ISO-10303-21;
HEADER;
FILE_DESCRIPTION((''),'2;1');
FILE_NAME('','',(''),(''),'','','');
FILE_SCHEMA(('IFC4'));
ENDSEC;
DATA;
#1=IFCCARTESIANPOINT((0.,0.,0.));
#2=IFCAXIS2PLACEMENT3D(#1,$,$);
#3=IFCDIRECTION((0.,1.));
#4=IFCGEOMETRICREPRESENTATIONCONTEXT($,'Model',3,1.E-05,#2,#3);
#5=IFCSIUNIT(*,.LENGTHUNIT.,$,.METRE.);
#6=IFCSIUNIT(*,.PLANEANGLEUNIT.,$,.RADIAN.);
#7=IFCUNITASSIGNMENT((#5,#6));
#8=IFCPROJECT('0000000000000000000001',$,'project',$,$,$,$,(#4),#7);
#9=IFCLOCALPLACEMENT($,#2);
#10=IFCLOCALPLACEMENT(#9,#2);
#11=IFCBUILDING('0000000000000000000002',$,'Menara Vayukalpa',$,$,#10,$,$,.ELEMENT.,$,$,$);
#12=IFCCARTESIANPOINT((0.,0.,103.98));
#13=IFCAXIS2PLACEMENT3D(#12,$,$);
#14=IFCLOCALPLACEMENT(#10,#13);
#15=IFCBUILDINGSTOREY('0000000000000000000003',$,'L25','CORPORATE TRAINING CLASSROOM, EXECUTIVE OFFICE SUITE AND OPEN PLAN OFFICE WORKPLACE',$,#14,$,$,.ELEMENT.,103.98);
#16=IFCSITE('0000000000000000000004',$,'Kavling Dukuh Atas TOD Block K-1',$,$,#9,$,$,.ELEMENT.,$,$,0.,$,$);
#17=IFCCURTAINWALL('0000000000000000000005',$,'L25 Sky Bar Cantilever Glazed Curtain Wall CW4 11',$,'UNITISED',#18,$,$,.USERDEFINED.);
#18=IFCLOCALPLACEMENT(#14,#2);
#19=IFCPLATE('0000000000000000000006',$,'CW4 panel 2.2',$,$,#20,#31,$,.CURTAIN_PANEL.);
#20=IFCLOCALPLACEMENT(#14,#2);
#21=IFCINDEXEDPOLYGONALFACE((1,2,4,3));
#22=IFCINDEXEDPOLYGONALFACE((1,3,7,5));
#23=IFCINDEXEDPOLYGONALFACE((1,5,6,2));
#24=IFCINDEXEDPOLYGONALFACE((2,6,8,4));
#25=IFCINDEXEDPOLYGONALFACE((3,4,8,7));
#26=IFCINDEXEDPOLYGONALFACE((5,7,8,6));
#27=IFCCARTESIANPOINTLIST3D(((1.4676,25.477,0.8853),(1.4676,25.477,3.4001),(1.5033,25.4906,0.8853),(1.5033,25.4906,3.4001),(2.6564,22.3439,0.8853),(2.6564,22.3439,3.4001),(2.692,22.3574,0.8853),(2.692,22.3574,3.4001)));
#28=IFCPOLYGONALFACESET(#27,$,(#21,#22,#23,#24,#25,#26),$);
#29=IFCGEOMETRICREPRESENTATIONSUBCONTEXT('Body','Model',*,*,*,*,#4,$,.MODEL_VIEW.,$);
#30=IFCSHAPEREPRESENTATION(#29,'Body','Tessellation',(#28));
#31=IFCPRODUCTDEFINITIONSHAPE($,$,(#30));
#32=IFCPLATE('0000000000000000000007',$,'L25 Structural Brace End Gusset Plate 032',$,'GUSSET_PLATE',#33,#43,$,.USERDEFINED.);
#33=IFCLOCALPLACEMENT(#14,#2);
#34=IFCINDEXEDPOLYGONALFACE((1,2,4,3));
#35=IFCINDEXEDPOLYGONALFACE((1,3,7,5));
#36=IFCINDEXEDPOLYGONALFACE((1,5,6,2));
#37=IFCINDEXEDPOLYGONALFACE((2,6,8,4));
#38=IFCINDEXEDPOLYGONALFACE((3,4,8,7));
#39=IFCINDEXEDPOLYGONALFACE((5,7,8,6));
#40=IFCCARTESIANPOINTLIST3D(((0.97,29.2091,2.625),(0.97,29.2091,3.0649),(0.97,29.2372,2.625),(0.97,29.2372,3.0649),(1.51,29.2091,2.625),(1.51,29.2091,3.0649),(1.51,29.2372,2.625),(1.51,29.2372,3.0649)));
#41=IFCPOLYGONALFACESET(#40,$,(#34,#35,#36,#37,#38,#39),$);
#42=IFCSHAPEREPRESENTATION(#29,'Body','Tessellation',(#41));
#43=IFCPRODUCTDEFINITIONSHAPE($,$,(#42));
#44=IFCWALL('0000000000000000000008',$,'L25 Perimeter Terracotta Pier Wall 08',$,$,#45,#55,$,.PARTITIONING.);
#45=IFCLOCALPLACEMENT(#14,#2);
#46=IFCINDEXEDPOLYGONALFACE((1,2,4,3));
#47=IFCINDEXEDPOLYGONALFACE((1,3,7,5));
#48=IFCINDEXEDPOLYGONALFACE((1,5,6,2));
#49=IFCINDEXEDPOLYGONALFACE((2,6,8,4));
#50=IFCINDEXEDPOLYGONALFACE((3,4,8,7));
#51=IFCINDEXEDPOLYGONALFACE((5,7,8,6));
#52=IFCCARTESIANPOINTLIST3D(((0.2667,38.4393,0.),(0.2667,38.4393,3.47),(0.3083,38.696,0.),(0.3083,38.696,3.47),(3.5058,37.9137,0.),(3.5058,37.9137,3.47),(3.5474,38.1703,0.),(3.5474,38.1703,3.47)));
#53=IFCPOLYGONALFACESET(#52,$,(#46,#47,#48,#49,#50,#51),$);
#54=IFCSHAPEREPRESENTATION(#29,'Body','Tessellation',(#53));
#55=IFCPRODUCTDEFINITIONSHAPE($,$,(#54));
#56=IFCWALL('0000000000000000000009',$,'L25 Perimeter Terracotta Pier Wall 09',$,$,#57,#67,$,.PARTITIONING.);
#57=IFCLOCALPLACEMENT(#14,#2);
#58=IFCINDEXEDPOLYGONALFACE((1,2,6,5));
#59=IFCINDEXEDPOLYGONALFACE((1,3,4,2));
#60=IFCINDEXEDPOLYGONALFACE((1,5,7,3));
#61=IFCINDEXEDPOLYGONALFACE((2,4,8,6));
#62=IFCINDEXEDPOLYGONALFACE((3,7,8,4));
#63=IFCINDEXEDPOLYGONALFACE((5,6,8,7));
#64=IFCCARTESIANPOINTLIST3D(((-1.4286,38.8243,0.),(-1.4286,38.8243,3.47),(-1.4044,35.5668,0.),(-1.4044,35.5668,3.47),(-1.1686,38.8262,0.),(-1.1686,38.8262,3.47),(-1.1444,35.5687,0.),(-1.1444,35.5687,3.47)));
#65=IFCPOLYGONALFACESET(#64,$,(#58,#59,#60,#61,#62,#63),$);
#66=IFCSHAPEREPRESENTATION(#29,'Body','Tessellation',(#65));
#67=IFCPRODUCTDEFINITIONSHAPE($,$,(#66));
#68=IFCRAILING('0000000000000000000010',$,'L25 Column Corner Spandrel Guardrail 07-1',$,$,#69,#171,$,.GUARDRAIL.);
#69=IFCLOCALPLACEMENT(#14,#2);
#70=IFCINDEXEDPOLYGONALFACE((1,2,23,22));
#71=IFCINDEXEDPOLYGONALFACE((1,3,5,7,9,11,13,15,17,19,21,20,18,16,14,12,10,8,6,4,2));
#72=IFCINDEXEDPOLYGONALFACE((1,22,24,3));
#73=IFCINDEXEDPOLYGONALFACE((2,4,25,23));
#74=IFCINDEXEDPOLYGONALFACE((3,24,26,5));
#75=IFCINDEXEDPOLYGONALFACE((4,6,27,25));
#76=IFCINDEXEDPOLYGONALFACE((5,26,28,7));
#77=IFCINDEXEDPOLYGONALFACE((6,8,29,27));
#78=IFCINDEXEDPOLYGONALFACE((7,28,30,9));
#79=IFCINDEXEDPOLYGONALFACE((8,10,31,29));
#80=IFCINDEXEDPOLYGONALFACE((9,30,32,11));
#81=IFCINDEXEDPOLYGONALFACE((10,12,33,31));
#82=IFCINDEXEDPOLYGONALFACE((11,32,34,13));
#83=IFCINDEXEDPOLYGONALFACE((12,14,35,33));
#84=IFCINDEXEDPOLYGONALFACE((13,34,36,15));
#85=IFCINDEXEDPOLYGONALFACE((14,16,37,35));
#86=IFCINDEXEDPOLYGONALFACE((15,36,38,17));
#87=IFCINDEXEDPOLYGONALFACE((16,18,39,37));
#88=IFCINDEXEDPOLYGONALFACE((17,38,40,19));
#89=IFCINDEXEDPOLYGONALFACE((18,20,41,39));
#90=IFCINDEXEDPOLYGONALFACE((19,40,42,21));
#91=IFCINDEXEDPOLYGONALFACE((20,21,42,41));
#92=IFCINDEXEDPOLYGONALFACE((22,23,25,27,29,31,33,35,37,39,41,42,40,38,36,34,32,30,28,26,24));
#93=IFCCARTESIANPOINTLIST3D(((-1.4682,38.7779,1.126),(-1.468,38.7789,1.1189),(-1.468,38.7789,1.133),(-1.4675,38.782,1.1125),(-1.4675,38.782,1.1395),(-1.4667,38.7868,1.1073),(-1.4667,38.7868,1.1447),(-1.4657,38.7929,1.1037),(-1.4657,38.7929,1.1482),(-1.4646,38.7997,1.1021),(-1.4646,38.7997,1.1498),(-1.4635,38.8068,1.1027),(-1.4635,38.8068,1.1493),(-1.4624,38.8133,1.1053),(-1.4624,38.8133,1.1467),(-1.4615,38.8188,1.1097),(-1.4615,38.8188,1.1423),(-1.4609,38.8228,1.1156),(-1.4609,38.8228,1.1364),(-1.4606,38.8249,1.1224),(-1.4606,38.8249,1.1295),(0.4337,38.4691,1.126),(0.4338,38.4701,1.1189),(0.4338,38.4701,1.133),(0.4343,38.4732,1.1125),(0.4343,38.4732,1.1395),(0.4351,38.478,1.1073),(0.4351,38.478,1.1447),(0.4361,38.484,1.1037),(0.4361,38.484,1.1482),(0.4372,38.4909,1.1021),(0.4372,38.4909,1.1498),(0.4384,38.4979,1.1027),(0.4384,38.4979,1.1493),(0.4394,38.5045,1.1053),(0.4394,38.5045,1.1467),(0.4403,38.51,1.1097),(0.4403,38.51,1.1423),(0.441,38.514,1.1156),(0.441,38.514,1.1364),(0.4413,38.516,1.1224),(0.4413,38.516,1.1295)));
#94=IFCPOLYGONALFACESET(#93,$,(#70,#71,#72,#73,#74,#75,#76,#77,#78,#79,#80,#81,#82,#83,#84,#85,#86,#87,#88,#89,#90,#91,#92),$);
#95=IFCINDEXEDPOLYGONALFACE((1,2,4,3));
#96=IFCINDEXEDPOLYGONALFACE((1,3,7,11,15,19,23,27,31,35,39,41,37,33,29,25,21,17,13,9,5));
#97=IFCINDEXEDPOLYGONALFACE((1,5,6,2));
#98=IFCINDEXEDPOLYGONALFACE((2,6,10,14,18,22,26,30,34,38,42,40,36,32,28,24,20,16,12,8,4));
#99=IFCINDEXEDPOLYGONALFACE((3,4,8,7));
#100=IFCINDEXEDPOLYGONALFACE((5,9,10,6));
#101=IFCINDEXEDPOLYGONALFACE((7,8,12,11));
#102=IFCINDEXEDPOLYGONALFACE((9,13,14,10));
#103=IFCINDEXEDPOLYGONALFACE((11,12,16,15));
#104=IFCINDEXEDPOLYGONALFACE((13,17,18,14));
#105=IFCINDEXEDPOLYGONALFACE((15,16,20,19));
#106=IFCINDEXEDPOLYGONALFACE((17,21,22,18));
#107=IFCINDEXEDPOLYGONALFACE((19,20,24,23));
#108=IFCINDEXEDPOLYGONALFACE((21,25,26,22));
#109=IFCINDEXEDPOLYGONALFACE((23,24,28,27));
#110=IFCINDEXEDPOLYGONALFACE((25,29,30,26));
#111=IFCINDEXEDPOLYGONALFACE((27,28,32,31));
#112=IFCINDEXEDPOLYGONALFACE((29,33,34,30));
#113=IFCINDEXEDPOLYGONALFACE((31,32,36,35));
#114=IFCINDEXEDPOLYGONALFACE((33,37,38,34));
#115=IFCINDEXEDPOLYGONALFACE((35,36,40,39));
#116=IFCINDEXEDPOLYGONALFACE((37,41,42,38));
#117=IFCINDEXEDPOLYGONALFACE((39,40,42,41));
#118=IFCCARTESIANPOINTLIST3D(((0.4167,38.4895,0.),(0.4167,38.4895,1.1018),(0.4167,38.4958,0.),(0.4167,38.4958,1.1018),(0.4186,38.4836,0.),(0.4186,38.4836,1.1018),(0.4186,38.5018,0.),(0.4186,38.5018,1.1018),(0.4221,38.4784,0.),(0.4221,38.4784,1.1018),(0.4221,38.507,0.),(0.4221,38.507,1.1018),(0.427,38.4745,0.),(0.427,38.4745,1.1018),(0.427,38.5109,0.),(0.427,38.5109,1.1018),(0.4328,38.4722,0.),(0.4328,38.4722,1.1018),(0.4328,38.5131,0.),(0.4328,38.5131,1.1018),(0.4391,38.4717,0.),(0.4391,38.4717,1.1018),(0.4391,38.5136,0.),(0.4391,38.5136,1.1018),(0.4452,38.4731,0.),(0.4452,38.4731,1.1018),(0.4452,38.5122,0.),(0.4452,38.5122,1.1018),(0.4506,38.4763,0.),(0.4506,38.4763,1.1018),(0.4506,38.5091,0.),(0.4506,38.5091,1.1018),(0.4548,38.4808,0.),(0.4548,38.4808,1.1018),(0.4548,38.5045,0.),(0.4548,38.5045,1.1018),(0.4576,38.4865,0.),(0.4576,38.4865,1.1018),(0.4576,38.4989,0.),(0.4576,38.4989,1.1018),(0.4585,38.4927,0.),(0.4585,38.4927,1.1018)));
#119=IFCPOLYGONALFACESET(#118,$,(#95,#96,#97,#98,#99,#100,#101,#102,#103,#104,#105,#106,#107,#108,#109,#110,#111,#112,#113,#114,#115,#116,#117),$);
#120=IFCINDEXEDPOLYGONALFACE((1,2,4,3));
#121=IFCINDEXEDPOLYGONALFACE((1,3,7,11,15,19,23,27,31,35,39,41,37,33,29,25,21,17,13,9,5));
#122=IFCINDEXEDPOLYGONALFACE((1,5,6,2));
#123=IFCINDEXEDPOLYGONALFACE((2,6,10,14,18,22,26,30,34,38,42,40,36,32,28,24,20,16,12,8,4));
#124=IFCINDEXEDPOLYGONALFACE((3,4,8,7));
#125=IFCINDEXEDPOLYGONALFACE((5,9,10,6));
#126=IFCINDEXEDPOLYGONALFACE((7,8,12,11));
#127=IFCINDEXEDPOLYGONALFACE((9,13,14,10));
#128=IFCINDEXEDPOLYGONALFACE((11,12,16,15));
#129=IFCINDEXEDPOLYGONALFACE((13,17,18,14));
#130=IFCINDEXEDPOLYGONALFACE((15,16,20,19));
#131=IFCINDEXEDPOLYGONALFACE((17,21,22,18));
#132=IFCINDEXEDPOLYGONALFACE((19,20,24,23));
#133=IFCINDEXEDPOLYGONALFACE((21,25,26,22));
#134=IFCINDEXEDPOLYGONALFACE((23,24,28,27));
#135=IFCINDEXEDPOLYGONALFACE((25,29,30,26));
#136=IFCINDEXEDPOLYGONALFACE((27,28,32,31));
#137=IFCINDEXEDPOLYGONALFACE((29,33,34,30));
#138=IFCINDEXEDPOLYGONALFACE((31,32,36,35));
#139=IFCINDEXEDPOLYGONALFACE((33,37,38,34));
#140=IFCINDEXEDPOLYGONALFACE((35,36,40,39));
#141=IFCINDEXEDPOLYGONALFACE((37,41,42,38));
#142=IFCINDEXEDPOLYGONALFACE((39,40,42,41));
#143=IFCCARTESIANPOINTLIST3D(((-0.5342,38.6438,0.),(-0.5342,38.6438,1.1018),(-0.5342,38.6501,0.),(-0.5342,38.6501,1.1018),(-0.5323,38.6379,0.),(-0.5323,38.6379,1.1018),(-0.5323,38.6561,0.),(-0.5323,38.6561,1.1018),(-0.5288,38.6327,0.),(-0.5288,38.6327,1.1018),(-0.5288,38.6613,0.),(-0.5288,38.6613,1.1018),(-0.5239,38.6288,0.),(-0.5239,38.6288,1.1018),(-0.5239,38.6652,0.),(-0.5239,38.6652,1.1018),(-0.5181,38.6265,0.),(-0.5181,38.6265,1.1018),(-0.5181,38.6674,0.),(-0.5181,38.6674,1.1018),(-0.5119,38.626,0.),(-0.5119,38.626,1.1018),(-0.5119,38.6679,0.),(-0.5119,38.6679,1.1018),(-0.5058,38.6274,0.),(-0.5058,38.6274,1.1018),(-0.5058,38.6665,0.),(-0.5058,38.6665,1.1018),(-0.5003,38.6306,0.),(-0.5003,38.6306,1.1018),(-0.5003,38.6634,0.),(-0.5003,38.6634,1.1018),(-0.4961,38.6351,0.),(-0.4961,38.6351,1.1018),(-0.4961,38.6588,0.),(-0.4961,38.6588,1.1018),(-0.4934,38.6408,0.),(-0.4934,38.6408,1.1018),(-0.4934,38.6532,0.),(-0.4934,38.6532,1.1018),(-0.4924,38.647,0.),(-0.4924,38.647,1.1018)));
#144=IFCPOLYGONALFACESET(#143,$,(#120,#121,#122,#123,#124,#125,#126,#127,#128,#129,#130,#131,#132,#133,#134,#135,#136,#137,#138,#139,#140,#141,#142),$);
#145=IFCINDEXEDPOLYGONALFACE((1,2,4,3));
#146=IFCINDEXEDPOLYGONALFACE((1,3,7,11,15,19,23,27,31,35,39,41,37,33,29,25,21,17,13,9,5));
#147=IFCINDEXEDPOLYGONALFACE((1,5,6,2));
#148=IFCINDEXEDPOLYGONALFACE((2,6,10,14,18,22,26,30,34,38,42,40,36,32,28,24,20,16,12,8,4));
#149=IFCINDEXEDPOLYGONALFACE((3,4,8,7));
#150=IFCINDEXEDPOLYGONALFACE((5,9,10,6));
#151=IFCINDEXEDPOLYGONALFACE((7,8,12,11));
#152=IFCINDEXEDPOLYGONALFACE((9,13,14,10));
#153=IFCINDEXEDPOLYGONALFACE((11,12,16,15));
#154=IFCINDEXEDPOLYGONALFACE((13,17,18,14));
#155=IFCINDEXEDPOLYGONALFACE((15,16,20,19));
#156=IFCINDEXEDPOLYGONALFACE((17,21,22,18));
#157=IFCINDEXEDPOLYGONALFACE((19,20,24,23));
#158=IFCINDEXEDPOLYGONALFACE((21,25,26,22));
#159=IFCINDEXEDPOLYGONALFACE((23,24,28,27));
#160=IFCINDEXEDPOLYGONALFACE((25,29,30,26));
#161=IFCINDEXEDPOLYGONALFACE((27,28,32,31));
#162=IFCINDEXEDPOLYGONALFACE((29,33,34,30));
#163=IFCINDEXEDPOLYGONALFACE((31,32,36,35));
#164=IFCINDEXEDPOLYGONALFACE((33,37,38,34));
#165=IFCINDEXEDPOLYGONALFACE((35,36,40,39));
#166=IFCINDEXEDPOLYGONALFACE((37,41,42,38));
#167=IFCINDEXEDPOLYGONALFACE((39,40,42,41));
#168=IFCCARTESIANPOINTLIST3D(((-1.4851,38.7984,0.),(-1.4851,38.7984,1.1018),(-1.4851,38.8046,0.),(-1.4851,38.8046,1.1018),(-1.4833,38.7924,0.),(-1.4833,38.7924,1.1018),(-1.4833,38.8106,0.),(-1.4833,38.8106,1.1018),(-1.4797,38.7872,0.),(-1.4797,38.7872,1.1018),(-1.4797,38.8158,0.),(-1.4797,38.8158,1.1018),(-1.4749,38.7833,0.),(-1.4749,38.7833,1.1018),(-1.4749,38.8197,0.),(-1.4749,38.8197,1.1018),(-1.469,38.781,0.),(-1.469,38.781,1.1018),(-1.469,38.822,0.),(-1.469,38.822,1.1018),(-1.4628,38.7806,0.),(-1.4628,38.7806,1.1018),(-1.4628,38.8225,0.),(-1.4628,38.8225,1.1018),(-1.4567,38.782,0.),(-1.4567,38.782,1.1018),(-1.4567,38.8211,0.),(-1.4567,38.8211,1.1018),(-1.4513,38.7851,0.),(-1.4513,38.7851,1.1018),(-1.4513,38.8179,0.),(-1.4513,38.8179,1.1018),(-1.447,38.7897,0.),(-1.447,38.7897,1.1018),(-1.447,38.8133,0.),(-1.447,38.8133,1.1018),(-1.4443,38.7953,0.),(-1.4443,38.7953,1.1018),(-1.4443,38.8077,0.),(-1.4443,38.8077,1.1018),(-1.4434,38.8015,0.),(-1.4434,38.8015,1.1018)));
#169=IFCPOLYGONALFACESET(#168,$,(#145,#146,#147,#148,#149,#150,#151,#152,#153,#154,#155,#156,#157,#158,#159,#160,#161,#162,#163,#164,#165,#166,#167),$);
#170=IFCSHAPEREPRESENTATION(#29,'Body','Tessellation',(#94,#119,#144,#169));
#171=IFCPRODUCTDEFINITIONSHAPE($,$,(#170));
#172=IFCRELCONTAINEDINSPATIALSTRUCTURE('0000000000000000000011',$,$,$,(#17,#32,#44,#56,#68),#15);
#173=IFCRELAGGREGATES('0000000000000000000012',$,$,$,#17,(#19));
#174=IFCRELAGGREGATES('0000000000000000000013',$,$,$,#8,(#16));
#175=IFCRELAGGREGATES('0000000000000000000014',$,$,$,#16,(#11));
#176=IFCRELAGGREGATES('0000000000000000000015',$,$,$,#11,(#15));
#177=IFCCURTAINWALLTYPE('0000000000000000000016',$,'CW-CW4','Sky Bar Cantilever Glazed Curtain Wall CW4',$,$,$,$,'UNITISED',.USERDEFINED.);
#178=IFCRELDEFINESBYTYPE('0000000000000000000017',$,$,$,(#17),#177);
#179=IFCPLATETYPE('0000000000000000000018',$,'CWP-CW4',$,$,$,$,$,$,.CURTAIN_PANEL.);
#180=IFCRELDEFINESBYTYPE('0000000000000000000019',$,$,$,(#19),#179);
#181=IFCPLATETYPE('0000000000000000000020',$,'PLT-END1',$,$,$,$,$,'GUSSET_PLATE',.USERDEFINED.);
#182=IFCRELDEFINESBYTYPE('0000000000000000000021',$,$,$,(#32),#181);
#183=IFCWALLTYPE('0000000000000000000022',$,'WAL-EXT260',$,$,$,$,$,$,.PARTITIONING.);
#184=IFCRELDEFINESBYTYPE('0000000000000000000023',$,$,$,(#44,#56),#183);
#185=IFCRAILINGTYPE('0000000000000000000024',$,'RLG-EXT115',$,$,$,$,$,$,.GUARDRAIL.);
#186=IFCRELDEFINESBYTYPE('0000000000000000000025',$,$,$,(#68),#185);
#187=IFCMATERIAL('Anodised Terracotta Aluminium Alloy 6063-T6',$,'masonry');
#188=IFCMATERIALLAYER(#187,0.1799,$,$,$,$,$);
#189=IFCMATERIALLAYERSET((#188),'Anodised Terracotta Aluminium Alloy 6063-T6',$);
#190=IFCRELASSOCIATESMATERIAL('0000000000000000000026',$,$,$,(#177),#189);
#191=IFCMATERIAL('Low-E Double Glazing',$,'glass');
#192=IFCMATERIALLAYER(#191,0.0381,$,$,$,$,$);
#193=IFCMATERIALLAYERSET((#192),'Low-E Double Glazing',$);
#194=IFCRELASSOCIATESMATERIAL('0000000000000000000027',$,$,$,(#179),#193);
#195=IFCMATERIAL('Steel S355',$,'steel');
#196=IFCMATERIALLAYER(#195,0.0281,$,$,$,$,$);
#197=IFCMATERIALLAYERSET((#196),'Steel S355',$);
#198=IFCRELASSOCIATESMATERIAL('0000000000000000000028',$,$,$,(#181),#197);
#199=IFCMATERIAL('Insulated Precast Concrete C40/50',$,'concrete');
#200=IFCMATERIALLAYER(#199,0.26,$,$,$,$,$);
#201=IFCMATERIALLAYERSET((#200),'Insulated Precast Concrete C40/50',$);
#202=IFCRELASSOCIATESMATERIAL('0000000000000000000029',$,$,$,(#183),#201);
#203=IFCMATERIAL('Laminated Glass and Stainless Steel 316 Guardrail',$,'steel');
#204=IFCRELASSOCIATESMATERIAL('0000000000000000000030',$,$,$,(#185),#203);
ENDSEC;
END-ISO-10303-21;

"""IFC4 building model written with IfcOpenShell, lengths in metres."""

from ifc_helpers import new_model, si_unit, direction, frame, frame_2d, origin, origin_2d, place, context, subcontext, project, spatial, rectangle, circle, extrude, material, layer, layer_set, type_object, element, aggregate, save


model = new_model("IFC4")

# Units and contexts
model_context = context("Model", 3, precision=1e-05, world=origin(), true_north=direction((0.0, 1.0)))
body_context = subcontext(model_context, "Body", "Model", "MODEL_VIEW")
ifc_project = project(units=[si_unit("LENGTHUNIT", "METRE"), si_unit("PLANEANGLEUNIT", "RADIAN")], contexts=[model_context])

# Site, building, storey
site_placement = place(None, origin())
site = spatial("IfcSite", under=ifc_project, at=site_placement, Name="Kavling Dukuh Atas TOD Block K-1", CompositionType="ELEMENT", RefElevation=0.0)
building_placement = place(site_placement, origin())
building = spatial("IfcBuilding", under=site, at=building_placement, Name="Menara Vayukalpa", CompositionType="ELEMENT")
storey_placement = place(building_placement, frame((0.0, 0.0, 103.98)))
storey = spatial("IfcBuildingStorey", under=building, at=storey_placement, Name="L25", Description="CORPORATE TRAINING CLASSROOM, EXECUTIVE OFFICE SUITE AND OPEN PLAN OFFICE WORKPLACE", CompositionType="ELEMENT", Elevation=103.98)

# Curtain wall
ifc_material_1 = material(Name="Anodised Terracotta Aluminium Alloy 6063-T6", Category="masonry")
ifc_layer_1 = layer(ifc_material_1, 0.1799)
ifc_layer_set_1 = layer_set([ifc_layer_1], Name="Anodised Terracotta Aluminium Alloy 6063-T6")
curtain_wall_type = type_object("IfcCurtainWallType", Name="CW-CW4", Description="Sky Bar Cantilever Glazed Curtain Wall CW4", ElementType="UNITISED", PredefinedType="USERDEFINED", material=ifc_layer_set_1)
curtain_wall_1_placement = place(storey_placement, origin())
curtain_wall_1 = element("IfcCurtainWall", 1, at=curtain_wall_1_placement, inside=storey, type_object=curtain_wall_type, Name="L25 Sky Bar Cantilever Glazed Curtain Wall CW4 11", ObjectType="UNITISED", PredefinedType="USERDEFINED")

# Plates
ifc_material_2 = material(Name="Low-E Double Glazing", Category="glass")
ifc_layer_2 = layer(ifc_material_2, 0.0381)
ifc_layer_set_2 = layer_set([ifc_layer_2], Name="Low-E Double Glazing")
plate_type_1 = type_object("IfcPlateType", Name="CWP-CW4", PredefinedType="CURTAIN_PANEL", material=ifc_layer_set_2)
plate_1_placement = place(storey_placement, frame((2.0798, 23.9172, 0.8853), z_axis=(0.0, 0.0, 1.0), x_axis=(0.354742, -0.934964, 0.0)))
plate_1 = element("IfcPlate", 2, at=plate_1_placement, type_object=plate_type_1, Name="CW4 panel 2.2", PredefinedType="CURTAIN_PANEL", context=body_context, shape_type="SweptSolid", body=[
    extrude(rectangle(XDim=3.3511, YDim=0.0381, at=origin_2d()), origin(), (0.0, 0.0, 1.0), 2.5149),
])
aggregate(curtain_wall_1, [plate_1])
ifc_material_3 = material(Name="Steel S355", Category="steel")
ifc_layer_3 = layer(ifc_material_3, 0.0281)
ifc_layer_set_3 = layer_set([ifc_layer_3], Name="Steel S355")
plate_type_2 = type_object("IfcPlateType", Name="PLT-END1", ElementType="GUSSET_PLATE", PredefinedType="USERDEFINED", material=ifc_layer_set_3)
plate_2_placement = place(storey_placement, frame((1.24, 29.2231, 2.625), z_axis=(0.0, 0.0, 1.0), x_axis=(1.0, 0.0, 0.0)))
element("IfcPlate", 3, at=plate_2_placement, inside=storey, type_object=plate_type_2, Name="L25 Structural Brace End Gusset Plate 032", ObjectType="GUSSET_PLATE", PredefinedType="USERDEFINED", context=body_context, shape_type="SweptSolid", body=[
    extrude(rectangle(XDim=0.54, YDim=0.0281, at=origin_2d()), origin(), (0.0, 0.0, 1.0), 0.4399),
])

# Walls
ifc_material_4 = material(Name="Insulated Precast Concrete C40/50", Category="concrete")
ifc_layer_4 = layer(ifc_material_4, 0.26)
ifc_layer_set_4 = layer_set([ifc_layer_4], Name="Insulated Precast Concrete C40/50")
wall_type = type_object("IfcWallType", Name="WAL-EXT260", PredefinedType="PARTITIONING", material=ifc_layer_set_4)
wall_1_placement = place(storey_placement, frame((0.2876, 38.5676, 0.0), z_axis=(0.0, 0.0, 1.0), x_axis=(0.987087, -0.160187, 0.0)))
element("IfcWall", 4, at=wall_1_placement, inside=storey, type_object=wall_type, Name="L25 Perimeter Terracotta Pier Wall 08", PredefinedType="PARTITIONING", context=body_context, shape_type="SweptSolid", body=[
    extrude(rectangle(XDim=3.2815, YDim=0.26, at=frame_2d((1.6406, 0.0))), origin(), (0.0, 0.0, 1.0), 3.47),
])
wall_2_placement = place(storey_placement, frame((-1.2744, 35.5676, 0.0), z_axis=(0.0, 0.0, 1.0), x_axis=(-0.007419, 0.999972, 0.0)))
element("IfcWall", 5, at=wall_2_placement, inside=storey, type_object=wall_type, Name="L25 Perimeter Terracotta Pier Wall 09", PredefinedType="PARTITIONING", context=body_context, shape_type="SweptSolid", body=[
    extrude(rectangle(XDim=3.2576, YDim=0.26, at=frame_2d((1.6289, 0.0))), origin(), (0.0, 0.0, 1.0), 3.47),
])

# Railing
ifc_material_5 = material(Name="Laminated Glass and Stainless Steel 316 Guardrail", Category="steel")
railing_type = type_object("IfcRailingType", Name="RLG-EXT115", PredefinedType="GUARDRAIL", material=ifc_material_5)
railing_placement = place(storey_placement, frame((0.4375, 38.4927, 0.0)))
element("IfcRailing", 6, at=railing_placement, inside=storey, type_object=railing_type, Name="L25 Column Corner Spandrel Guardrail 07-1", PredefinedType="GUARDRAIL", context=body_context, shape_type="SweptSolid", body=[
    extrude(circle(Radius=0.0239, at=origin_2d()), frame((0.0, 0.0, 1.126), z_axis=(-0.98707, 0.160288, 0.0), x_axis=(-0.160288, -0.98707, 0.0)), (0.0, 0.0, 1.0), 1.9268),
    extrude(circle(Radius=0.021, at=origin_2d()), origin(), (0.0, 0.0, 1.0), 1.1018),
    extrude(circle(Radius=0.021, at=origin_2d()), frame((-0.9509, 0.1543, 0.0)), (0.0, 0.0, 1.0), 1.1018),
    extrude(circle(Radius=0.021, at=origin_2d()), frame((-1.9019, 0.3088, 0.0)), (0.0, 0.0, 1.0), 1.1018),
])

save(model, "model.ifc")
